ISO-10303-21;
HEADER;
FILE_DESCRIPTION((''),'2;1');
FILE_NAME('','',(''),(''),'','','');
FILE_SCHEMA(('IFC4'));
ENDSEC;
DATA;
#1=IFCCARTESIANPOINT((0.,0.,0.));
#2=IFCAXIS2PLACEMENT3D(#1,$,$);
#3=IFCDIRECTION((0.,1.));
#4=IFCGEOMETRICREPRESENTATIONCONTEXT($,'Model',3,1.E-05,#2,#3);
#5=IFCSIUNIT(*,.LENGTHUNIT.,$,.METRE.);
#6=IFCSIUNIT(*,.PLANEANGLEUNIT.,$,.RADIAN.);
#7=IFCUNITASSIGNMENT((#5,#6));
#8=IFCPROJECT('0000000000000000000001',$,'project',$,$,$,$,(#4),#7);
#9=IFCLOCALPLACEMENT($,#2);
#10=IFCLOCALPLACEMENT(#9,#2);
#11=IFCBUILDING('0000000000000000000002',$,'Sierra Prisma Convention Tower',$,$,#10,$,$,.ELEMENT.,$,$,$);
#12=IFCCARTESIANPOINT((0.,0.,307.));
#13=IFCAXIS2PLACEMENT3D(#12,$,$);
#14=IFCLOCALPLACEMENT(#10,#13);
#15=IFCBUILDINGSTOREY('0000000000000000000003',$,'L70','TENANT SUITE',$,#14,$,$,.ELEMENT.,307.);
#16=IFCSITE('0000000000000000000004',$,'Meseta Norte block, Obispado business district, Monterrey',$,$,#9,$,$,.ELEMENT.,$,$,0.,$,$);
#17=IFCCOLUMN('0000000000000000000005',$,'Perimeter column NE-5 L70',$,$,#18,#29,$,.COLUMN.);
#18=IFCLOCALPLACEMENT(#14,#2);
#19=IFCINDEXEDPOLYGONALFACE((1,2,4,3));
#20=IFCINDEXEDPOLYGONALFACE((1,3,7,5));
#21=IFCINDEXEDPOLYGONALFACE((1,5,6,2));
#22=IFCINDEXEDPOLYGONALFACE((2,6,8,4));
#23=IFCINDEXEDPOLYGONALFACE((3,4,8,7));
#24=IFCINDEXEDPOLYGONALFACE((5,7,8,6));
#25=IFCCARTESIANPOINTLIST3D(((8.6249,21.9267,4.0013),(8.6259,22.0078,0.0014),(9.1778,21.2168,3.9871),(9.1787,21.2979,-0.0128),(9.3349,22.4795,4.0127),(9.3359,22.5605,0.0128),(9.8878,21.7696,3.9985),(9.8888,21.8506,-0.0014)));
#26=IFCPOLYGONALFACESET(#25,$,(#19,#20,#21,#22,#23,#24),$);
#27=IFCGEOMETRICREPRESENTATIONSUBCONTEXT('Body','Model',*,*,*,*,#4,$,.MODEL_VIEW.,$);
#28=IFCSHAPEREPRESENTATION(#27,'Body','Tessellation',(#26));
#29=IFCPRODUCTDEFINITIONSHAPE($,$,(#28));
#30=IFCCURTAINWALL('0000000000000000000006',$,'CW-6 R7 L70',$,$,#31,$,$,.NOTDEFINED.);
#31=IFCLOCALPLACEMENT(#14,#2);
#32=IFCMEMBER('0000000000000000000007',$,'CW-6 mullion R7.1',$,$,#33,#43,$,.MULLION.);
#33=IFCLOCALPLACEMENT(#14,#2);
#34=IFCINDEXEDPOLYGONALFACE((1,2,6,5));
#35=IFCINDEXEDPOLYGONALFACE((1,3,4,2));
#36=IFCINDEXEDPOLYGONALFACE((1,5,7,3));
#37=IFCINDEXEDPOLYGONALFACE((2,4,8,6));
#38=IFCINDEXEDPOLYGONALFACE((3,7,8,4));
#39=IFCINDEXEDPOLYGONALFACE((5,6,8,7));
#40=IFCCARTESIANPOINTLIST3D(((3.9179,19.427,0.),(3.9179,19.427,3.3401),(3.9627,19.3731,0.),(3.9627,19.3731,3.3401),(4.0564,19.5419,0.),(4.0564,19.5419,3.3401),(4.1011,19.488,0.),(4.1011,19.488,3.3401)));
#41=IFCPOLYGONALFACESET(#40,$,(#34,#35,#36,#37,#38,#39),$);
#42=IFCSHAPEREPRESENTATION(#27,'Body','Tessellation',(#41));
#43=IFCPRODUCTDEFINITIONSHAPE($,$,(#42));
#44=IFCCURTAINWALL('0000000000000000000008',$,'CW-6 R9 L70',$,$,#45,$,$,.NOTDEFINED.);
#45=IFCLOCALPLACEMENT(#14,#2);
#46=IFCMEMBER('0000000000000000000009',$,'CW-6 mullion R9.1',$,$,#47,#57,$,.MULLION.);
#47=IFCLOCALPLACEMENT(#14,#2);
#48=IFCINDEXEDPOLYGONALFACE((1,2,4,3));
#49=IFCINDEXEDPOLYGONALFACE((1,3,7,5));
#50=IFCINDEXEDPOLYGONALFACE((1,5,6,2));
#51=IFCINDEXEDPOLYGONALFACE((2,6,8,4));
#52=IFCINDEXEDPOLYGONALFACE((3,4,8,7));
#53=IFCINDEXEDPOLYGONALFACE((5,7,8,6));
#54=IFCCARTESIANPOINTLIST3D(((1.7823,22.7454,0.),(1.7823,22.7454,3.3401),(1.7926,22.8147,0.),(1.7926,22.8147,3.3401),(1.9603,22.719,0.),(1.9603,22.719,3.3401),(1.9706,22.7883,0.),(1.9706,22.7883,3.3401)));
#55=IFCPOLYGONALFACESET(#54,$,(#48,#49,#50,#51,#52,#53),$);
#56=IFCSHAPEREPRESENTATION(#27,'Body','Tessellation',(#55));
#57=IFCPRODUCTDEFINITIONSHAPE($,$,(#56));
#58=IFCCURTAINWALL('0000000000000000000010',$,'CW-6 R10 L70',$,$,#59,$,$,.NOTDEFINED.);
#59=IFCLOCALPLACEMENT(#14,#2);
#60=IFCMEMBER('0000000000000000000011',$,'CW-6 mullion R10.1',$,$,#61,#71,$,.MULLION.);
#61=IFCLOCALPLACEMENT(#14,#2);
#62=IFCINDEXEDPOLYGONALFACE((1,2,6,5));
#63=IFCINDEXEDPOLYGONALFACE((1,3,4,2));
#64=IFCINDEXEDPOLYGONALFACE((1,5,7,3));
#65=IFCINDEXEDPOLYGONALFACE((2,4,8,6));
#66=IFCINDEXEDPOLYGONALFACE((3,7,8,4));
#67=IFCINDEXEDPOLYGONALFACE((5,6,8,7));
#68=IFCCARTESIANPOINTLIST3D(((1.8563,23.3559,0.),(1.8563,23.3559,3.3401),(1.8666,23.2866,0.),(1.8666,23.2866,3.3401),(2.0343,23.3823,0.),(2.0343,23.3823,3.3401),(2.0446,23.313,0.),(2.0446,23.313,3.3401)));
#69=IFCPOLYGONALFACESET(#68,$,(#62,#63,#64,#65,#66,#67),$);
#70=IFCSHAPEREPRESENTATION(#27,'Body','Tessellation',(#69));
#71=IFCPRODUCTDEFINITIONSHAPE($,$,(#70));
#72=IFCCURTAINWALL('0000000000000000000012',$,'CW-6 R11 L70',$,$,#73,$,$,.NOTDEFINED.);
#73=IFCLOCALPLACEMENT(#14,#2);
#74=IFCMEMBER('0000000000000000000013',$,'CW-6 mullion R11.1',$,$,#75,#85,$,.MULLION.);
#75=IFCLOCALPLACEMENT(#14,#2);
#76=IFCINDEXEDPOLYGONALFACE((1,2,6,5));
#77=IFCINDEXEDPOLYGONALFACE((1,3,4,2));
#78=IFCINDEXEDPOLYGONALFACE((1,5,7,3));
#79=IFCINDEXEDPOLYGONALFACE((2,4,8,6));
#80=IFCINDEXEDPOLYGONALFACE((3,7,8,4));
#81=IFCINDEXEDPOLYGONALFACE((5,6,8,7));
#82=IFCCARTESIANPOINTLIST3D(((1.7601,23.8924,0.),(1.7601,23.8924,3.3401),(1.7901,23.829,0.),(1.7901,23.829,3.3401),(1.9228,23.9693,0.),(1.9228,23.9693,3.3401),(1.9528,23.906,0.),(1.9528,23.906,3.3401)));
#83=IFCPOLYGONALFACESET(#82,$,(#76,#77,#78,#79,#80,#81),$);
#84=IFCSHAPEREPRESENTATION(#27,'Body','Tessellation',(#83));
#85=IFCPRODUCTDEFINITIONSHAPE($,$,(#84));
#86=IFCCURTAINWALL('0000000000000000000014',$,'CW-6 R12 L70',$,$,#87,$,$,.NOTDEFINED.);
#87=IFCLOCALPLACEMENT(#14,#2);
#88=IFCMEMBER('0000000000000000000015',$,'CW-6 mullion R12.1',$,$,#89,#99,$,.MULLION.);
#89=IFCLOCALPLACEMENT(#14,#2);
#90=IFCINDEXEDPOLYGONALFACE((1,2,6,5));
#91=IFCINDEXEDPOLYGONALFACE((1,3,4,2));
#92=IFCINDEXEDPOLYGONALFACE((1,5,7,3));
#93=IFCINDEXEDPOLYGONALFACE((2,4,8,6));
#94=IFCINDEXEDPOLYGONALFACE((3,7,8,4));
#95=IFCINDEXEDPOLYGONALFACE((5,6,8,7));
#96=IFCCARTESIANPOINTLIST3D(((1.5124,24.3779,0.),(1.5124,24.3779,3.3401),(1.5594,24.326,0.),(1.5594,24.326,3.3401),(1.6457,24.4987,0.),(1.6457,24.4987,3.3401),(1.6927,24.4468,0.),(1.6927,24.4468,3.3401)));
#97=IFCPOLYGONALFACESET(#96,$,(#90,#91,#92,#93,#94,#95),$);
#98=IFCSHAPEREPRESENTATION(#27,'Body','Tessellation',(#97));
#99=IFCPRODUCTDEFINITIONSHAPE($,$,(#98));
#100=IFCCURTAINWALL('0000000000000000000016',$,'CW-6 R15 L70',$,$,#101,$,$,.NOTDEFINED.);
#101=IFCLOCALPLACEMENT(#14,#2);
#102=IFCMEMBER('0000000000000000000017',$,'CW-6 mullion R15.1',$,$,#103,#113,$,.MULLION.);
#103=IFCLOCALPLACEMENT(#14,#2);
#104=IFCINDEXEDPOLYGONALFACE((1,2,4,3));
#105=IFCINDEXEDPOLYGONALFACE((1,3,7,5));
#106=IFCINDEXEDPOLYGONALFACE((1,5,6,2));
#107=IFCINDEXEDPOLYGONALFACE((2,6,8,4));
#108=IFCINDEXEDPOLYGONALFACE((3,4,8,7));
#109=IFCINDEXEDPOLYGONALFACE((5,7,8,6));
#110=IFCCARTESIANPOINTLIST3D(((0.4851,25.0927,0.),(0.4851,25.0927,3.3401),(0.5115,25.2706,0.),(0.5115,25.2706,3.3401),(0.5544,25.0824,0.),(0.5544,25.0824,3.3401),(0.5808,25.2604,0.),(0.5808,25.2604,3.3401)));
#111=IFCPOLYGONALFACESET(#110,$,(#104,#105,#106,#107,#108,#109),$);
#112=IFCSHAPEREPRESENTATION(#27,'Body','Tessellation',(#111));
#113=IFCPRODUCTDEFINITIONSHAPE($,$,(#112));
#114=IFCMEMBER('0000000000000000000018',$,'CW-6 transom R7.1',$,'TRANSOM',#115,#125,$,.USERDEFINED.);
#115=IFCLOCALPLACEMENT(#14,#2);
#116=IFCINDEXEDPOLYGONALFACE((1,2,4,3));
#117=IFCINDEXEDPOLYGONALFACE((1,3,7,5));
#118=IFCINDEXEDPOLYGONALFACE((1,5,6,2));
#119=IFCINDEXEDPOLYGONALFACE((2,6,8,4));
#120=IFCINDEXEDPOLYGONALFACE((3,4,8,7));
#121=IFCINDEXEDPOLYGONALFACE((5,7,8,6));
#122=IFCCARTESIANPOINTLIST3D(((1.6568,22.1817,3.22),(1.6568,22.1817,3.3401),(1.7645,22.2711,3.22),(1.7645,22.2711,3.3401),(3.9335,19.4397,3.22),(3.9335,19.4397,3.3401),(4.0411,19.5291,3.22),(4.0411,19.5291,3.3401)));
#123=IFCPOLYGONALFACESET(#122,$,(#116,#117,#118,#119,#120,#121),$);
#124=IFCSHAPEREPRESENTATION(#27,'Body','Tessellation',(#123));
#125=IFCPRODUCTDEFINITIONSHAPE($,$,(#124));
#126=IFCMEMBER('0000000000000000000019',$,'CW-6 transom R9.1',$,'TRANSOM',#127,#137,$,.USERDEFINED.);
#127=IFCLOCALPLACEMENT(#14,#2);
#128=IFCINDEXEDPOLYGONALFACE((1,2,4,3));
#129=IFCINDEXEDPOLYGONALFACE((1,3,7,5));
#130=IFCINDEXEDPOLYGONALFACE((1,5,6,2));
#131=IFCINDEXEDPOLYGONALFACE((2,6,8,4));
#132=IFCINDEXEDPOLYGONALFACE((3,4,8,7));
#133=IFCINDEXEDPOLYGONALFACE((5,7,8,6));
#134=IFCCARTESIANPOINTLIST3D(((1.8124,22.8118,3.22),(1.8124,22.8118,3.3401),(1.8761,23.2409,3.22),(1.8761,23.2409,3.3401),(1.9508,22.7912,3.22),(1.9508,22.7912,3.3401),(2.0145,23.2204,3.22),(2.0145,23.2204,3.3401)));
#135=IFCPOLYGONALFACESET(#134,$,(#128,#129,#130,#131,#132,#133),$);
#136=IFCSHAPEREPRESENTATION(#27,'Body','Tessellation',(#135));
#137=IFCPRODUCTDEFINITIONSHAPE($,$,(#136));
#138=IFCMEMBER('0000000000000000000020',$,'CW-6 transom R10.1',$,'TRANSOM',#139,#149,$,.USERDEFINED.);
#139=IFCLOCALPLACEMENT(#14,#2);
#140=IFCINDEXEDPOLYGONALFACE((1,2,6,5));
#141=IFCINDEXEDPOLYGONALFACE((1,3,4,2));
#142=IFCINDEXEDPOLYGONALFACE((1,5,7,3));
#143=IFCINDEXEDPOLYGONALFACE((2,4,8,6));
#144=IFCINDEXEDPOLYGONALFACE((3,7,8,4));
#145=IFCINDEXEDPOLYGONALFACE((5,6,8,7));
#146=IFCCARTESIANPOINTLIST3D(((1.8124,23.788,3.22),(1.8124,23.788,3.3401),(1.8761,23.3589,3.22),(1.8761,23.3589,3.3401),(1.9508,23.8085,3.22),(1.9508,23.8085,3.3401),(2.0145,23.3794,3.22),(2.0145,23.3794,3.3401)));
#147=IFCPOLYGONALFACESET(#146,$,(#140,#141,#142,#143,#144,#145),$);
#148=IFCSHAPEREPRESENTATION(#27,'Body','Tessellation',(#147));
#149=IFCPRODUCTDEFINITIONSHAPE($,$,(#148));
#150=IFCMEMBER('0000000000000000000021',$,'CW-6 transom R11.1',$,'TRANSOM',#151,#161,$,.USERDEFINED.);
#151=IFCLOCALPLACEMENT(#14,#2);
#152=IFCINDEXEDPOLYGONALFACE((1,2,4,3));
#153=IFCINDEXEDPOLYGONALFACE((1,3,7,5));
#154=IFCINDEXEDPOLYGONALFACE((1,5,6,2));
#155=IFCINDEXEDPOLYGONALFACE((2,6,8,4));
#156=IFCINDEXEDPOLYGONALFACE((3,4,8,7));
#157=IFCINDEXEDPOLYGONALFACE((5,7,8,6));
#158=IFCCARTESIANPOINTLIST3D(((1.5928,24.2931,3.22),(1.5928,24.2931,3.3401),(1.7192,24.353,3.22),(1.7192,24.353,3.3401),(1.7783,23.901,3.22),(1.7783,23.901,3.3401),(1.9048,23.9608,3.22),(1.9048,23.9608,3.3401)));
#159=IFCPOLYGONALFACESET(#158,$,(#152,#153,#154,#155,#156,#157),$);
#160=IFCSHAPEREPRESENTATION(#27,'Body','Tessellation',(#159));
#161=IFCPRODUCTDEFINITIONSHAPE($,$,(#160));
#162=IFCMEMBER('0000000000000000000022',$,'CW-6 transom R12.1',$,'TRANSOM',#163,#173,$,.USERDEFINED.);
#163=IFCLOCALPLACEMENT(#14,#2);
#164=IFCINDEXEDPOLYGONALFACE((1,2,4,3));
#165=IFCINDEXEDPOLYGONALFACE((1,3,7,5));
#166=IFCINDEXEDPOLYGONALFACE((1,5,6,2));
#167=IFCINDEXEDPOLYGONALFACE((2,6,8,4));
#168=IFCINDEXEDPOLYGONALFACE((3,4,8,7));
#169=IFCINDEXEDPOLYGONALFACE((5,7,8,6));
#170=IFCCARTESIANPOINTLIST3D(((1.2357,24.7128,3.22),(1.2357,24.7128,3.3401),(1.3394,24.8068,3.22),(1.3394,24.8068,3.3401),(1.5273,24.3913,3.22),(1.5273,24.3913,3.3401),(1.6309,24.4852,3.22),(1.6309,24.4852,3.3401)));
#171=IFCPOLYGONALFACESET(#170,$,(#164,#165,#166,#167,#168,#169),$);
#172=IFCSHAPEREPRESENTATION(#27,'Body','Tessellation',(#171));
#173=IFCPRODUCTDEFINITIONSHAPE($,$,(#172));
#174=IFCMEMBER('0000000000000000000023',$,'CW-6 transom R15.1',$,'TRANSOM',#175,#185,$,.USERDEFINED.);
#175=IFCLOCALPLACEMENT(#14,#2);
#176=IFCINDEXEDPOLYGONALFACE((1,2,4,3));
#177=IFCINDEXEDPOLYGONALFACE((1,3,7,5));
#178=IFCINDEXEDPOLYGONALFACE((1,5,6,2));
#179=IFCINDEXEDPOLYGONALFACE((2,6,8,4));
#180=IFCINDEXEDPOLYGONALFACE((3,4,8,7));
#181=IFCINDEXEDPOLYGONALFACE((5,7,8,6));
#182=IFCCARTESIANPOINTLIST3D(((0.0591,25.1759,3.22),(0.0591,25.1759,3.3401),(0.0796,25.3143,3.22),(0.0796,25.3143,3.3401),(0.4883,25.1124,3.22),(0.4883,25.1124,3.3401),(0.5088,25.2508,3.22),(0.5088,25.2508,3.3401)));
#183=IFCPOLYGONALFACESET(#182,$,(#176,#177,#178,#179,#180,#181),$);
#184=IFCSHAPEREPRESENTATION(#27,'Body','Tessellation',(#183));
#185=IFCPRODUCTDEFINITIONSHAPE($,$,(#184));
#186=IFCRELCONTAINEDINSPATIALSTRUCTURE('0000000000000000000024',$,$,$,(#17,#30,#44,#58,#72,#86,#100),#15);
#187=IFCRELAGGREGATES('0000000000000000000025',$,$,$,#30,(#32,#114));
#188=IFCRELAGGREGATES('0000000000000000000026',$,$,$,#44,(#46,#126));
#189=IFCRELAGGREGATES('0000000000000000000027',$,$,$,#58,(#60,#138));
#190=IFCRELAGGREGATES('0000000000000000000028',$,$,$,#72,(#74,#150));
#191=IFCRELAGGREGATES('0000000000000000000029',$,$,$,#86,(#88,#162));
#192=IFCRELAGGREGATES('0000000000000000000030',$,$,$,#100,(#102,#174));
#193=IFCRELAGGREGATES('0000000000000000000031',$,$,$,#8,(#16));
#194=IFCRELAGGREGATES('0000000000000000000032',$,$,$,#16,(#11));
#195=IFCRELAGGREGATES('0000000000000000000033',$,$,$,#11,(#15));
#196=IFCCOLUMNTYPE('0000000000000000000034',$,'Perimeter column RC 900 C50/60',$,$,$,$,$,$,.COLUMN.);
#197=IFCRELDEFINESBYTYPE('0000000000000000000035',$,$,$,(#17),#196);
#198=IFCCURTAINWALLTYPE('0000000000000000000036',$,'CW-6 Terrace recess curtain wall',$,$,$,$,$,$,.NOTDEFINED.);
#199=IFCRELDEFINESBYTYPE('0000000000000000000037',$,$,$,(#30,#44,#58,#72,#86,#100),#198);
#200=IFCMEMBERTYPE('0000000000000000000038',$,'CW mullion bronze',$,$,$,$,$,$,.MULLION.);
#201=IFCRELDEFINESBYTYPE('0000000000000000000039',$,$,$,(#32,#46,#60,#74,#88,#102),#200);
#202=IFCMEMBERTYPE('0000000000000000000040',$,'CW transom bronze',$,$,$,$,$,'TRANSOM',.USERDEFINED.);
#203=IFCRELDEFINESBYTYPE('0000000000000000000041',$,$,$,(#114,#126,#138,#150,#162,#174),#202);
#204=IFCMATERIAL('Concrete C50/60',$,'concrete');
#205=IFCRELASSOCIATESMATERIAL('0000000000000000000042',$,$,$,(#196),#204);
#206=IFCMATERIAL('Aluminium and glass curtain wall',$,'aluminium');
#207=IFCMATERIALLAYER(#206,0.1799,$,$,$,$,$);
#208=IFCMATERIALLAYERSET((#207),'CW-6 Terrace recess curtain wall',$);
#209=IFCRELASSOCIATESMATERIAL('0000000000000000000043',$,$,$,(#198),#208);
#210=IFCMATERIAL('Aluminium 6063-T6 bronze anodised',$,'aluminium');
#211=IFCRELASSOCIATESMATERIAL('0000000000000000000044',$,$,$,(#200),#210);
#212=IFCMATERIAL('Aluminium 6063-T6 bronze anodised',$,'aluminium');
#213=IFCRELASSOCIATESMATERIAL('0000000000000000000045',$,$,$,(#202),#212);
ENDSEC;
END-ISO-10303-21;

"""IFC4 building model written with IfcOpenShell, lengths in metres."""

from ifc_helpers import new_model, si_unit, direction, frame, origin, origin_2d, place, context, subcontext, project, spatial, rectangle, extrude, material, layer, layer_set, material_profile, profile_set, type_object, element, aggregate, save


model = new_model("IFC4")

# Units and contexts
model_context = context("Model", 3, precision=1e-05, world=origin(), true_north=direction((0.0, 1.0)))
body_context = subcontext(model_context, "Body", "Model", "MODEL_VIEW")
ifc_project = project(units=[si_unit("LENGTHUNIT", "METRE"), si_unit("PLANEANGLEUNIT", "RADIAN")], contexts=[model_context])

# Site, building, storey
site_placement = place(None, origin())
site = spatial("IfcSite", under=ifc_project, at=site_placement, Name="Meseta Norte block, Obispado business district, Monterrey", CompositionType="ELEMENT", RefElevation=0.0)
building_placement = place(site_placement, origin())
building = spatial("IfcBuilding", under=site, at=building_placement, Name="Sierra Prisma Convention Tower", CompositionType="ELEMENT")
storey_placement = place(building_placement, frame((0.0, 0.0, 307.0)))
storey = spatial("IfcBuildingStorey", under=building, at=storey_placement, Name="L70", Description="TENANT SUITE", CompositionType="ELEMENT", Elevation=307.0)

# Column
ifc_material_1 = material(Name="Concrete C50/60", Category="concrete")
ifc_material_profile_1 = material_profile(ifc_material_1, rectangle(XDim=0.8999, YDim=0.8999, at=origin_2d()), Name="Perimeter column RC 900 C50/60")
ifc_profile_set_1 = profile_set([ifc_material_profile_1], Name="Concrete C50/60")
column_type = type_object("IfcColumnType", Name="Perimeter column RC 900 C50/60", PredefinedType="COLUMN", material=ifc_profile_set_1)
column_placement = place(storey_placement, frame((9.2573, 21.9292, 0.0), z_axis=(-0.000244, -0.02026, 0.999795), x_axis=(-0.614371, 0.788859, 0.015835)))
element("IfcColumn", 1, at=column_placement, inside=storey, type_object=column_type, Name="Perimeter column NE-5 L70", PredefinedType="COLUMN", context=body_context, shape_type="SweptSolid", body=[
    extrude(rectangle(XDim=0.8999, YDim=0.8999, at=origin_2d()), origin(), (0.0, 0.0, 1.0), 4.0007),
])

# Curtain walls, members
ifc_material_2 = material(Name="Aluminium and glass curtain wall", Category="aluminium")
ifc_layer_1 = layer(ifc_material_2, 0.1799)
ifc_layer_set_1 = layer_set([ifc_layer_1], Name="CW-6 Terrace recess curtain wall")
curtain_wall_type = type_object("IfcCurtainWallType", Name="CW-6 Terrace recess curtain wall", PredefinedType="NOTDEFINED", material=ifc_layer_set_1)
curtain_wall_1_placement = place(storey_placement, origin())
curtain_wall_1 = element("IfcCurtainWall", 2, at=curtain_wall_1_placement, inside=storey, type_object=curtain_wall_type, Name="CW-6 R7 L70", PredefinedType="NOTDEFINED")
ifc_material_3 = material(Name="Aluminium 6063-T6 bronze anodised", Category="aluminium")
ifc_material_profile_2 = material_profile(ifc_material_3, rectangle(XDim=0.1799, YDim=0.0701, at=origin_2d()), Name="ALU MULLION 70x180")
ifc_profile_set_2 = profile_set([ifc_material_profile_2], Name="Aluminium 6063-T6 bronze anodised")
member_type_1 = type_object("IfcMemberType", Name="CW mullion bronze", PredefinedType="MULLION", material=ifc_profile_set_2)
member_1_placement = place(storey_placement, frame((4.0095, 19.4575, 0.0), z_axis=(0.0, 0.0, 1.0), x_axis=(-0.769386, -0.638784, 0.0)))
member_1 = element("IfcMember", 3, at=member_1_placement, type_object=member_type_1, Name="CW-6 mullion R7.1", PredefinedType="MULLION", context=body_context, shape_type="SweptSolid", body=[
    extrude(rectangle(XDim=0.1799, YDim=0.0701, at=origin_2d()), origin(), (0.0, 0.0, 1.0), 3.3401),
])
curtain_wall_2_placement = place(storey_placement, origin())
curtain_wall_2 = element("IfcCurtainWall", 4, at=curtain_wall_2_placement, inside=storey, type_object=curtain_wall_type, Name="CW-6 R9 L70", PredefinedType="NOTDEFINED")
member_2_placement = place(storey_placement, frame((1.8765, 22.7668, 0.0), z_axis=(0.0, 0.0, 1.0), x_axis=(-0.989177, 0.14673, 0.0)))
member_2 = element("IfcMember", 5, at=member_2_placement, type_object=member_type_1, Name="CW-6 mullion R9.1", PredefinedType="MULLION", context=body_context, shape_type="SweptSolid", body=[
    extrude(rectangle(XDim=0.1799, YDim=0.0701, at=origin_2d()), origin(), (0.0, 0.0, 1.0), 3.3401),
])
curtain_wall_3_placement = place(storey_placement, origin())
curtain_wall_3 = element("IfcCurtainWall", 6, at=curtain_wall_3_placement, inside=storey, type_object=curtain_wall_type, Name="CW-6 R10 L70", PredefinedType="NOTDEFINED")
member_3_placement = place(storey_placement, frame((1.9504, 23.3345, 0.0), z_axis=(0.0, 0.0, 1.0), x_axis=(-0.989177, -0.14673, 0.0)))
member_3 = element("IfcMember", 7, at=member_3_placement, type_object=member_type_1, Name="CW-6 mullion R10.1", PredefinedType="MULLION", context=body_context, shape_type="SweptSolid", body=[
    extrude(rectangle(XDim=0.1799, YDim=0.0701, at=origin_2d()), origin(), (0.0, 0.0, 1.0), 3.3401),
])
curtain_wall_4_placement = place(storey_placement, origin())
curtain_wall_4 = element("IfcCurtainWall", 8, at=curtain_wall_4_placement, inside=storey, type_object=curtain_wall_type, Name="CW-6 R11 L70", PredefinedType="NOTDEFINED")
member_4_placement = place(storey_placement, frame((1.8564, 23.8992, 0.0), z_axis=(0.0, 0.0, 1.0), x_axis=(-0.903989, -0.427555, 0.0)))
member_4 = element("IfcMember", 9, at=member_4_placement, type_object=member_type_1, Name="CW-6 mullion R11.1", PredefinedType="MULLION", context=body_context, shape_type="SweptSolid", body=[
    extrude(rectangle(XDim=0.1799, YDim=0.0701, at=origin_2d()), origin(), (0.0, 0.0, 1.0), 3.3401),
])
curtain_wall_5_placement = place(storey_placement, origin())
curtain_wall_5 = element("IfcCurtainWall", 10, at=curtain_wall_5_placement, inside=storey, type_object=curtain_wall_type, Name="CW-6 R12 L70", PredefinedType="NOTDEFINED")
member_5_placement = place(storey_placement, frame((1.6025, 24.4124, 0.0), z_axis=(0.0, 0.0, 1.0), x_axis=(-0.740951, -0.671559, 0.0)))
member_5 = element("IfcMember", 11, at=member_5_placement, type_object=member_type_1, Name="CW-6 mullion R12.1", PredefinedType="MULLION", context=body_context, shape_type="SweptSolid", body=[
    extrude(rectangle(XDim=0.1799, YDim=0.0701, at=origin_2d()), origin(), (0.0, 0.0, 1.0), 3.3401),
])
curtain_wall_6_placement = place(storey_placement, origin())
curtain_wall_6 = element("IfcCurtainWall", 12, at=curtain_wall_6_placement, inside=storey, type_object=curtain_wall_type, Name="CW-6 R15 L70", PredefinedType="NOTDEFINED")
member_6_placement = place(storey_placement, frame((0.533, 25.1765, 0.0), z_axis=(0.0, 0.0, 1.0), x_axis=(-0.14673, -0.989177, 0.0)))
member_6 = element("IfcMember", 13, at=member_6_placement, type_object=member_type_1, Name="CW-6 mullion R15.1", PredefinedType="MULLION", context=body_context, shape_type="SweptSolid", body=[
    extrude(rectangle(XDim=0.1799, YDim=0.0701, at=origin_2d()), origin(), (0.0, 0.0, 1.0), 3.3401),
])

# Members
ifc_material_4 = material(Name="Aluminium 6063-T6 bronze anodised", Category="aluminium")
ifc_material_profile_3 = material_profile(ifc_material_4, rectangle(XDim=0.1399, YDim=0.1201, at=origin_2d()), Name="ALU TRANSOM 120x140")
ifc_profile_set_3 = profile_set([ifc_material_profile_3], Name="Aluminium 6063-T6 bronze anodised")
member_type_2 = type_object("IfcMemberType", Name="CW transom bronze", ElementType="TRANSOM", PredefinedType="USERDEFINED", material=ifc_profile_set_3)
member_7_placement = place(storey_placement, frame((3.9873, 19.4844, 3.28), z_axis=(-0.638802, 0.769371, 0.0), x_axis=(-0.769371, -0.638802, 0.0)))
member_7 = element("IfcMember", 14, at=member_7_placement, type_object=member_type_2, Name="CW-6 transom R7.1", ObjectType="TRANSOM", PredefinedType="USERDEFINED", context=body_context, shape_type="SweptSolid", body=[
    extrude(rectangle(XDim=0.1399, YDim=0.1201, at=origin_2d()), origin(), (0.0, 0.0, 1.0), 3.564),
])
member_8_placement = place(storey_placement, frame((1.8816, 22.8015, 3.28), z_axis=(0.146855, 0.989158, 0.0), x_axis=(-0.989158, 0.146855, 0.0)))
member_8 = element("IfcMember", 15, at=member_8_placement, type_object=member_type_2, Name="CW-6 transom R9.1", ObjectType="TRANSOM", PredefinedType="USERDEFINED", context=body_context, shape_type="SweptSolid", body=[
    extrude(rectangle(XDim=0.1399, YDim=0.1201, at=origin_2d()), origin(), (0.0, 0.0, 1.0), 0.4338),
])
member_9_placement = place(storey_placement, frame((1.9453, 23.3691, 3.28), z_axis=(-0.146855, 0.989158, 0.0), x_axis=(-0.989158, -0.146855, 0.0)))
member_9 = element("IfcMember", 16, at=member_9_placement, type_object=member_type_2, Name="CW-6 transom R10.1", ObjectType="TRANSOM", PredefinedType="USERDEFINED", context=body_context, shape_type="SweptSolid", body=[
    extrude(rectangle(XDim=0.1399, YDim=0.1201, at=origin_2d()), origin(), (0.0, 0.0, 1.0), 0.4338),
])
member_10_placement = place(storey_placement, frame((1.8416, 23.9309, 3.28), z_axis=(-0.427748, 0.903898, 0.0), x_axis=(-0.903898, -0.427748, 0.0)))
member_10 = element("IfcMember", 17, at=member_10_placement, type_object=member_type_2, Name="CW-6 transom R11.1", ObjectType="TRANSOM", PredefinedType="USERDEFINED", context=body_context, shape_type="SweptSolid", body=[
    extrude(rectangle(XDim=0.1399, YDim=0.1201, at=origin_2d()), origin(), (0.0, 0.0, 1.0), 0.4338),
])
member_11_placement = place(storey_placement, frame((1.5791, 24.4382, 3.28), z_axis=(-0.671664, 0.740856, 0.0), x_axis=(-0.740856, -0.671664, 0.0)))
member_11 = element("IfcMember", 18, at=member_11_placement, type_object=member_type_2, Name="CW-6 transom R12.1", ObjectType="TRANSOM", PredefinedType="USERDEFINED", context=body_context, shape_type="SweptSolid", body=[
    extrude(rectangle(XDim=0.1399, YDim=0.1201, at=origin_2d()), origin(), (0.0, 0.0, 1.0), 0.4341),
])
member_12_placement = place(storey_placement, frame((0.4985, 25.1816, 3.28), z_axis=(-0.98924, 0.146304, 0.0), x_axis=(-0.146304, -0.98924, 0.0)))
member_12 = element("IfcMember", 19, at=member_12_placement, type_object=member_type_2, Name="CW-6 transom R15.1", ObjectType="TRANSOM", PredefinedType="USERDEFINED", context=body_context, shape_type="SweptSolid", body=[
    extrude(rectangle(XDim=0.1399, YDim=0.1201, at=origin_2d()), origin(), (0.0, 0.0, 1.0), 0.4338),
])

aggregate(curtain_wall_1, [member_1, member_7])
aggregate(curtain_wall_2, [member_2, member_8])
aggregate(curtain_wall_3, [member_3, member_9])
aggregate(curtain_wall_4, [member_4, member_10])
aggregate(curtain_wall_5, [member_5, member_11])
aggregate(curtain_wall_6, [member_6, member_12])

save(model, "model.ifc")
